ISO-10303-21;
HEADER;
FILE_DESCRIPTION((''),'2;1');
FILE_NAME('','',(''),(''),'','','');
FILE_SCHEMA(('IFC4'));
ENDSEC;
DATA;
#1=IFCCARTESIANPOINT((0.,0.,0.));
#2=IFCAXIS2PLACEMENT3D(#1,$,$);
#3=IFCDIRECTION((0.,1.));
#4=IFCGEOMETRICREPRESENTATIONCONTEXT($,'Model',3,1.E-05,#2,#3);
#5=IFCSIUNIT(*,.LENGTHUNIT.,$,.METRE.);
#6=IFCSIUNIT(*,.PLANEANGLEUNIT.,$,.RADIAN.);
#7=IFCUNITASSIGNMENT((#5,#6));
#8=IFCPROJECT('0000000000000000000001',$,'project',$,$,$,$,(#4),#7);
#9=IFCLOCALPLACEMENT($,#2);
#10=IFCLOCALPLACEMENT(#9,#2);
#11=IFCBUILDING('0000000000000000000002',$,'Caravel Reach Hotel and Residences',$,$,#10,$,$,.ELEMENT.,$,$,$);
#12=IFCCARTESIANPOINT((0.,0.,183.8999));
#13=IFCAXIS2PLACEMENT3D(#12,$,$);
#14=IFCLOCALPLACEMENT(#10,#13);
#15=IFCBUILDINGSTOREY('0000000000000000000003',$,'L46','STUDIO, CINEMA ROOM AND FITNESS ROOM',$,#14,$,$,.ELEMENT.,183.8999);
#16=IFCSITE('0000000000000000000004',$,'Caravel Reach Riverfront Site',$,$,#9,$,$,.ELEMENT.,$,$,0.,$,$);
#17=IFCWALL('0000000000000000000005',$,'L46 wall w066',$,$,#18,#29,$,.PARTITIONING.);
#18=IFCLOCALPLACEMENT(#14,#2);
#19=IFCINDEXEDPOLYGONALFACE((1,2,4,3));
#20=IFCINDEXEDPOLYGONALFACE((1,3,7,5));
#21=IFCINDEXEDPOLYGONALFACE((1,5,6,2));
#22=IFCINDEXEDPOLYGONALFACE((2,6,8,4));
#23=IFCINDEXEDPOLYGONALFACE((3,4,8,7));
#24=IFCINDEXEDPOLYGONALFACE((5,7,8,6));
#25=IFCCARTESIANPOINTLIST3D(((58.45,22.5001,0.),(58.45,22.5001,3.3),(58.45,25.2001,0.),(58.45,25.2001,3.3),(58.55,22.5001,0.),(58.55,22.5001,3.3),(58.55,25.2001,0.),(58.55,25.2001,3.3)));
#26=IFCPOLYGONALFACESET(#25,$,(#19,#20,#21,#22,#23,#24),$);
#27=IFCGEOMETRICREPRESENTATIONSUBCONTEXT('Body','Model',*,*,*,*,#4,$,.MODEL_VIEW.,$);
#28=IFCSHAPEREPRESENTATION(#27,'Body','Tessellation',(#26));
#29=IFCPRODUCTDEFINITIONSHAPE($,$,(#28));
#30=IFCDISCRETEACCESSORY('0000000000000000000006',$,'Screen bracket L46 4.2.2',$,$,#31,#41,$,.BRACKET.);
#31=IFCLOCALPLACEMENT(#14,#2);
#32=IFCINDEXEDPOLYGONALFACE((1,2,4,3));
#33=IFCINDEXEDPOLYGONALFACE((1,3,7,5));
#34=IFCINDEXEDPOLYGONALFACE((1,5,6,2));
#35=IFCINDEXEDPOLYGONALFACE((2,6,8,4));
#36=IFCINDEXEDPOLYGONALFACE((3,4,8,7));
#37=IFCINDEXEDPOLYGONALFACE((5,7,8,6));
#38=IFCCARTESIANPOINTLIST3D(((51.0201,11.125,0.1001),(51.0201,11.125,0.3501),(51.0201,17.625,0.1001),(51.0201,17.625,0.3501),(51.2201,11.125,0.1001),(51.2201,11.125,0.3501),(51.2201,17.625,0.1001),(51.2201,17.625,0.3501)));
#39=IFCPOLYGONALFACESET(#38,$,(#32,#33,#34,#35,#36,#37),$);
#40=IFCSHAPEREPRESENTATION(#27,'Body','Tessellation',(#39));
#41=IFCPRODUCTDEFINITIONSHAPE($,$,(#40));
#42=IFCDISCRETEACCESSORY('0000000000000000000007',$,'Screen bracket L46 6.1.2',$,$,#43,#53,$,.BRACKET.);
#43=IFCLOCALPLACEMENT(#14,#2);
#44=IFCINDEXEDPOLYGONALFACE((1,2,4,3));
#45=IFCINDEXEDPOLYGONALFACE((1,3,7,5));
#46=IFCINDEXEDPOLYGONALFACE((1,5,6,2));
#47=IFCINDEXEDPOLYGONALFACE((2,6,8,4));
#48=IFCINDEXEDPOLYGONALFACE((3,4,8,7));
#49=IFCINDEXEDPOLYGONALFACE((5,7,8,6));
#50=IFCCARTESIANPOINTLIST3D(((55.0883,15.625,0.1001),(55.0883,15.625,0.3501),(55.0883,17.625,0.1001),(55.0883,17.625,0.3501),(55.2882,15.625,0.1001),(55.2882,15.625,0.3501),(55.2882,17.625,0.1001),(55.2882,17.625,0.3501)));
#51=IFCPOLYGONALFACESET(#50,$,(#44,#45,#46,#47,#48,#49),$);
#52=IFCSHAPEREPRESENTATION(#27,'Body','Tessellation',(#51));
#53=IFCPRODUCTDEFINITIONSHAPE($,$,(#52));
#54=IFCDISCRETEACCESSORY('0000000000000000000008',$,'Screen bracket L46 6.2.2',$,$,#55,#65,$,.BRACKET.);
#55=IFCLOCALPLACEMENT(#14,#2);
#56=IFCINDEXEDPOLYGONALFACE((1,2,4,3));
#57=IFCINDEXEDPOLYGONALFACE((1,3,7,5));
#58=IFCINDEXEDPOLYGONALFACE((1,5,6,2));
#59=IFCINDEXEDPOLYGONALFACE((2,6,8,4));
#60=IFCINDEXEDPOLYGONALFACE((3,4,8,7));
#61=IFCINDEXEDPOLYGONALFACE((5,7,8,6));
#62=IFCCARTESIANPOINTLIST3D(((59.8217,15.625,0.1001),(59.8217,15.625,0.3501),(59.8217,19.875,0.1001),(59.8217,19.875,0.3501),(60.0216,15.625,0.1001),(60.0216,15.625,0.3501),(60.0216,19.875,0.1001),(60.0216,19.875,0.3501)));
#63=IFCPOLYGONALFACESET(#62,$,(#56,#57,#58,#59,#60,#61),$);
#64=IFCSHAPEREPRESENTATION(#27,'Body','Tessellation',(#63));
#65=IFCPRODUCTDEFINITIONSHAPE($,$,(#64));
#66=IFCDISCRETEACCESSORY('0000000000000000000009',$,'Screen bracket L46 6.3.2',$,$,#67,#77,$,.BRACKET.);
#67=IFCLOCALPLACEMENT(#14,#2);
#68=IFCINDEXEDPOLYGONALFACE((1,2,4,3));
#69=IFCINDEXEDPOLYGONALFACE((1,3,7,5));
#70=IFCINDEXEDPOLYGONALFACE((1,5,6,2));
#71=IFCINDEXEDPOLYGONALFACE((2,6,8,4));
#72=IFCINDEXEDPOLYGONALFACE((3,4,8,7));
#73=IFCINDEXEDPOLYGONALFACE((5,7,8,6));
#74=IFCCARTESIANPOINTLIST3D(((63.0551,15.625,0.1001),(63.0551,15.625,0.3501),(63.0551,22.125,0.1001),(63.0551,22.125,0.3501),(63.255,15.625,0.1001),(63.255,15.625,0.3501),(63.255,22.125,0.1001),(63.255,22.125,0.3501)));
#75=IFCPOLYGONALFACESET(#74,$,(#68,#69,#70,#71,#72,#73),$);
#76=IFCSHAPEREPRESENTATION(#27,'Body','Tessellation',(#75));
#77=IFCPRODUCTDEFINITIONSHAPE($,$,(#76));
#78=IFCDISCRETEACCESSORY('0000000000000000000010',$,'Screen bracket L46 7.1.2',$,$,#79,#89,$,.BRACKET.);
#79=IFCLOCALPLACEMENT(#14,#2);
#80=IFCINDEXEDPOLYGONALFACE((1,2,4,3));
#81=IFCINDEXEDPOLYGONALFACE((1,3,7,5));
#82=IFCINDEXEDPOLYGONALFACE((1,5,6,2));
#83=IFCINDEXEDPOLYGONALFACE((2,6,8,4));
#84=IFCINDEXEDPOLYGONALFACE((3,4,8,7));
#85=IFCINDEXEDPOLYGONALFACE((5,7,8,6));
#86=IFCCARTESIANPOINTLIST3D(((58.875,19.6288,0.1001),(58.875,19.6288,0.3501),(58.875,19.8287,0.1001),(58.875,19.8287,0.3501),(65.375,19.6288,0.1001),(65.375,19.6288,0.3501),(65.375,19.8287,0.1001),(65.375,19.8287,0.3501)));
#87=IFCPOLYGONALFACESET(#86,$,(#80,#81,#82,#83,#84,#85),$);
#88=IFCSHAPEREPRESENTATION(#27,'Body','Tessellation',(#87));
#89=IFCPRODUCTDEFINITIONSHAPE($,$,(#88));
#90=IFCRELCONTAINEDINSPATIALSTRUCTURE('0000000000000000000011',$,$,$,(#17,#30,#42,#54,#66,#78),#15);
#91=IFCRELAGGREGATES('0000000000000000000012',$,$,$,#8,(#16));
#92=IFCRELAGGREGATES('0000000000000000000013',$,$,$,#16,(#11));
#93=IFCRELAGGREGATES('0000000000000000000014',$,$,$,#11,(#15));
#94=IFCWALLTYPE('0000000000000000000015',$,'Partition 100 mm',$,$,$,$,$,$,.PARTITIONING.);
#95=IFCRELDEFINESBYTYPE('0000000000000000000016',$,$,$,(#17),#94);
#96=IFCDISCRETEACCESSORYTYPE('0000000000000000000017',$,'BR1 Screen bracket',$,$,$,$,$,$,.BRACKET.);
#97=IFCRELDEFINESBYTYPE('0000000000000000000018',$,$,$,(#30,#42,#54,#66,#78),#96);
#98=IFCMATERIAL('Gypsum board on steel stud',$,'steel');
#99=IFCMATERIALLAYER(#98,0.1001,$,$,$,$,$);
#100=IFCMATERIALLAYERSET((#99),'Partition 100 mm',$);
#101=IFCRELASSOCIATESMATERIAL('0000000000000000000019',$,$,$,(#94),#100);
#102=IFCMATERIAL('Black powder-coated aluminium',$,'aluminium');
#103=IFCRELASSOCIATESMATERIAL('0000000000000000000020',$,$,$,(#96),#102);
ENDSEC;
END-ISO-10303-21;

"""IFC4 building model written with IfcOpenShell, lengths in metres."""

from ifc_helpers import new_model, si_unit, direction, frame, frame_2d, origin, origin_2d, place, context, subcontext, project, spatial, rectangle, extrude, material, layer, layer_set, type_object, element, save


model = new_model("IFC4")

# Units and contexts
model_context = context("Model", 3, precision=1e-05, world=origin(), true_north=direction((0.0, 1.0)))
body_context = subcontext(model_context, "Body", "Model", "MODEL_VIEW")
ifc_project = project(units=[si_unit("LENGTHUNIT", "METRE"), si_unit("PLANEANGLEUNIT", "RADIAN")], contexts=[model_context])

# Site, building, storey
site_placement = place(None, origin())
site = spatial("IfcSite", under=ifc_project, at=site_placement, Name="Caravel Reach Riverfront Site", CompositionType="ELEMENT", RefElevation=0.0)
building_placement = place(site_placement, origin())
building = spatial("IfcBuilding", under=site, at=building_placement, Name="Caravel Reach Hotel and Residences", CompositionType="ELEMENT")
storey_placement = place(building_placement, frame((0.0, 0.0, 183.8999)))
storey = spatial("IfcBuildingStorey", under=building, at=storey_placement, Name="L46", Description="STUDIO, CINEMA ROOM AND FITNESS ROOM", CompositionType="ELEMENT", Elevation=183.8999)

# Shared definitions
ifc_material_1 = material(Name="Gypsum board on steel stud", Category="steel")
ifc_layer_1 = layer(ifc_material_1, 0.1001)
ifc_layer_set_1 = layer_set([ifc_layer_1], Name="Partition 100 mm")
wall_type_1 = type_object("IfcWallType", Name="Partition 100 mm", PredefinedType="PARTITIONING", material=ifc_layer_set_1)

# Wall
for number, where, z_axis, x_axis, name in (
    (1, (58.5, 22.5, 0.0), (0.0, 0.0, 1.0), (0.0, 1.0, 0.0), "L46 wall w066"),
):
    element("IfcWall", number, at=place(storey_placement, frame(where, z_axis=z_axis, x_axis=x_axis)), inside=storey, type_object=wall_type_1, Name=name, PredefinedType="PARTITIONING", context=body_context, shape_type="SweptSolid", body=[
        extrude(rectangle(XDim=2.7, YDim=0.1001, at=frame_2d((1.3501, 0.0))), origin(), (0.0, 0.0, 1.0), 3.3),
    ])

# Discrete accessories
ifc_material_2 = material(Name="Black powder-coated aluminium", Category="aluminium")
discrete_accessory_type = type_object("IfcDiscreteAccessoryType", Name="BR1 Screen bracket", PredefinedType="BRACKET", material=ifc_material_2)
discrete_accessory_1_placement = place(storey_placement, frame((51.1201, 14.375, 0.1001), z_axis=(0.0, 0.0, 1.0), x_axis=(0.0, -1.0, 0.0)))
element("IfcDiscreteAccessory", 2, at=discrete_accessory_1_placement, inside=storey, type_object=discrete_accessory_type, Name="Screen bracket L46 4.2.2", PredefinedType="BRACKET", context=body_context, shape_type="SweptSolid", body=[
    extrude(rectangle(XDim=6.5, YDim=0.2, at=origin_2d()), origin(), (0.0, 0.0, 1.0), 0.25),
])
discrete_accessory_2_placement = place(storey_placement, frame((55.1882, 16.625, 0.1001), z_axis=(0.0, 0.0, 1.0), x_axis=(0.0, -1.0, 0.0)))
element("IfcDiscreteAccessory", 3, at=discrete_accessory_2_placement, inside=storey, type_object=discrete_accessory_type, Name="Screen bracket L46 6.1.2", PredefinedType="BRACKET", context=body_context, shape_type="SweptSolid", body=[
    extrude(rectangle(XDim=2.0, YDim=0.2, at=origin_2d()), origin(), (0.0, 0.0, 1.0), 0.25),
])
discrete_accessory_3_placement = place(storey_placement, frame((59.9216, 17.75, 0.1001), z_axis=(0.0, 0.0, 1.0), x_axis=(0.0, -1.0, 0.0)))
element("IfcDiscreteAccessory", 4, at=discrete_accessory_3_placement, inside=storey, type_object=discrete_accessory_type, Name="Screen bracket L46 6.2.2", PredefinedType="BRACKET", context=body_context, shape_type="SweptSolid", body=[
    extrude(rectangle(XDim=4.25, YDim=0.2, at=origin_2d()), origin(), (0.0, 0.0, 1.0), 0.25),
])
for number, where, z_axis, x_axis, name in (
    (5, (63.155, 18.875, 0.1001), (0.0, 0.0, 1.0), (0.0, -1.0, 0.0), "Screen bracket L46 6.3.2"),
    (6, (62.125, 19.7288, 0.1001), (0.0, 0.0, 1.0), (1.0, 0.0, 0.0), "Screen bracket L46 7.1.2"),
):
    element("IfcDiscreteAccessory", number, at=place(storey_placement, frame(where, z_axis=z_axis, x_axis=x_axis)), inside=storey, type_object=discrete_accessory_type, Name=name, PredefinedType="BRACKET", context=body_context, shape_type="SweptSolid", body=[
        extrude(rectangle(XDim=6.5, YDim=0.2, at=origin_2d()), origin(), (0.0, 0.0, 1.0), 0.25),
    ])

save(model, "model.ifc")
